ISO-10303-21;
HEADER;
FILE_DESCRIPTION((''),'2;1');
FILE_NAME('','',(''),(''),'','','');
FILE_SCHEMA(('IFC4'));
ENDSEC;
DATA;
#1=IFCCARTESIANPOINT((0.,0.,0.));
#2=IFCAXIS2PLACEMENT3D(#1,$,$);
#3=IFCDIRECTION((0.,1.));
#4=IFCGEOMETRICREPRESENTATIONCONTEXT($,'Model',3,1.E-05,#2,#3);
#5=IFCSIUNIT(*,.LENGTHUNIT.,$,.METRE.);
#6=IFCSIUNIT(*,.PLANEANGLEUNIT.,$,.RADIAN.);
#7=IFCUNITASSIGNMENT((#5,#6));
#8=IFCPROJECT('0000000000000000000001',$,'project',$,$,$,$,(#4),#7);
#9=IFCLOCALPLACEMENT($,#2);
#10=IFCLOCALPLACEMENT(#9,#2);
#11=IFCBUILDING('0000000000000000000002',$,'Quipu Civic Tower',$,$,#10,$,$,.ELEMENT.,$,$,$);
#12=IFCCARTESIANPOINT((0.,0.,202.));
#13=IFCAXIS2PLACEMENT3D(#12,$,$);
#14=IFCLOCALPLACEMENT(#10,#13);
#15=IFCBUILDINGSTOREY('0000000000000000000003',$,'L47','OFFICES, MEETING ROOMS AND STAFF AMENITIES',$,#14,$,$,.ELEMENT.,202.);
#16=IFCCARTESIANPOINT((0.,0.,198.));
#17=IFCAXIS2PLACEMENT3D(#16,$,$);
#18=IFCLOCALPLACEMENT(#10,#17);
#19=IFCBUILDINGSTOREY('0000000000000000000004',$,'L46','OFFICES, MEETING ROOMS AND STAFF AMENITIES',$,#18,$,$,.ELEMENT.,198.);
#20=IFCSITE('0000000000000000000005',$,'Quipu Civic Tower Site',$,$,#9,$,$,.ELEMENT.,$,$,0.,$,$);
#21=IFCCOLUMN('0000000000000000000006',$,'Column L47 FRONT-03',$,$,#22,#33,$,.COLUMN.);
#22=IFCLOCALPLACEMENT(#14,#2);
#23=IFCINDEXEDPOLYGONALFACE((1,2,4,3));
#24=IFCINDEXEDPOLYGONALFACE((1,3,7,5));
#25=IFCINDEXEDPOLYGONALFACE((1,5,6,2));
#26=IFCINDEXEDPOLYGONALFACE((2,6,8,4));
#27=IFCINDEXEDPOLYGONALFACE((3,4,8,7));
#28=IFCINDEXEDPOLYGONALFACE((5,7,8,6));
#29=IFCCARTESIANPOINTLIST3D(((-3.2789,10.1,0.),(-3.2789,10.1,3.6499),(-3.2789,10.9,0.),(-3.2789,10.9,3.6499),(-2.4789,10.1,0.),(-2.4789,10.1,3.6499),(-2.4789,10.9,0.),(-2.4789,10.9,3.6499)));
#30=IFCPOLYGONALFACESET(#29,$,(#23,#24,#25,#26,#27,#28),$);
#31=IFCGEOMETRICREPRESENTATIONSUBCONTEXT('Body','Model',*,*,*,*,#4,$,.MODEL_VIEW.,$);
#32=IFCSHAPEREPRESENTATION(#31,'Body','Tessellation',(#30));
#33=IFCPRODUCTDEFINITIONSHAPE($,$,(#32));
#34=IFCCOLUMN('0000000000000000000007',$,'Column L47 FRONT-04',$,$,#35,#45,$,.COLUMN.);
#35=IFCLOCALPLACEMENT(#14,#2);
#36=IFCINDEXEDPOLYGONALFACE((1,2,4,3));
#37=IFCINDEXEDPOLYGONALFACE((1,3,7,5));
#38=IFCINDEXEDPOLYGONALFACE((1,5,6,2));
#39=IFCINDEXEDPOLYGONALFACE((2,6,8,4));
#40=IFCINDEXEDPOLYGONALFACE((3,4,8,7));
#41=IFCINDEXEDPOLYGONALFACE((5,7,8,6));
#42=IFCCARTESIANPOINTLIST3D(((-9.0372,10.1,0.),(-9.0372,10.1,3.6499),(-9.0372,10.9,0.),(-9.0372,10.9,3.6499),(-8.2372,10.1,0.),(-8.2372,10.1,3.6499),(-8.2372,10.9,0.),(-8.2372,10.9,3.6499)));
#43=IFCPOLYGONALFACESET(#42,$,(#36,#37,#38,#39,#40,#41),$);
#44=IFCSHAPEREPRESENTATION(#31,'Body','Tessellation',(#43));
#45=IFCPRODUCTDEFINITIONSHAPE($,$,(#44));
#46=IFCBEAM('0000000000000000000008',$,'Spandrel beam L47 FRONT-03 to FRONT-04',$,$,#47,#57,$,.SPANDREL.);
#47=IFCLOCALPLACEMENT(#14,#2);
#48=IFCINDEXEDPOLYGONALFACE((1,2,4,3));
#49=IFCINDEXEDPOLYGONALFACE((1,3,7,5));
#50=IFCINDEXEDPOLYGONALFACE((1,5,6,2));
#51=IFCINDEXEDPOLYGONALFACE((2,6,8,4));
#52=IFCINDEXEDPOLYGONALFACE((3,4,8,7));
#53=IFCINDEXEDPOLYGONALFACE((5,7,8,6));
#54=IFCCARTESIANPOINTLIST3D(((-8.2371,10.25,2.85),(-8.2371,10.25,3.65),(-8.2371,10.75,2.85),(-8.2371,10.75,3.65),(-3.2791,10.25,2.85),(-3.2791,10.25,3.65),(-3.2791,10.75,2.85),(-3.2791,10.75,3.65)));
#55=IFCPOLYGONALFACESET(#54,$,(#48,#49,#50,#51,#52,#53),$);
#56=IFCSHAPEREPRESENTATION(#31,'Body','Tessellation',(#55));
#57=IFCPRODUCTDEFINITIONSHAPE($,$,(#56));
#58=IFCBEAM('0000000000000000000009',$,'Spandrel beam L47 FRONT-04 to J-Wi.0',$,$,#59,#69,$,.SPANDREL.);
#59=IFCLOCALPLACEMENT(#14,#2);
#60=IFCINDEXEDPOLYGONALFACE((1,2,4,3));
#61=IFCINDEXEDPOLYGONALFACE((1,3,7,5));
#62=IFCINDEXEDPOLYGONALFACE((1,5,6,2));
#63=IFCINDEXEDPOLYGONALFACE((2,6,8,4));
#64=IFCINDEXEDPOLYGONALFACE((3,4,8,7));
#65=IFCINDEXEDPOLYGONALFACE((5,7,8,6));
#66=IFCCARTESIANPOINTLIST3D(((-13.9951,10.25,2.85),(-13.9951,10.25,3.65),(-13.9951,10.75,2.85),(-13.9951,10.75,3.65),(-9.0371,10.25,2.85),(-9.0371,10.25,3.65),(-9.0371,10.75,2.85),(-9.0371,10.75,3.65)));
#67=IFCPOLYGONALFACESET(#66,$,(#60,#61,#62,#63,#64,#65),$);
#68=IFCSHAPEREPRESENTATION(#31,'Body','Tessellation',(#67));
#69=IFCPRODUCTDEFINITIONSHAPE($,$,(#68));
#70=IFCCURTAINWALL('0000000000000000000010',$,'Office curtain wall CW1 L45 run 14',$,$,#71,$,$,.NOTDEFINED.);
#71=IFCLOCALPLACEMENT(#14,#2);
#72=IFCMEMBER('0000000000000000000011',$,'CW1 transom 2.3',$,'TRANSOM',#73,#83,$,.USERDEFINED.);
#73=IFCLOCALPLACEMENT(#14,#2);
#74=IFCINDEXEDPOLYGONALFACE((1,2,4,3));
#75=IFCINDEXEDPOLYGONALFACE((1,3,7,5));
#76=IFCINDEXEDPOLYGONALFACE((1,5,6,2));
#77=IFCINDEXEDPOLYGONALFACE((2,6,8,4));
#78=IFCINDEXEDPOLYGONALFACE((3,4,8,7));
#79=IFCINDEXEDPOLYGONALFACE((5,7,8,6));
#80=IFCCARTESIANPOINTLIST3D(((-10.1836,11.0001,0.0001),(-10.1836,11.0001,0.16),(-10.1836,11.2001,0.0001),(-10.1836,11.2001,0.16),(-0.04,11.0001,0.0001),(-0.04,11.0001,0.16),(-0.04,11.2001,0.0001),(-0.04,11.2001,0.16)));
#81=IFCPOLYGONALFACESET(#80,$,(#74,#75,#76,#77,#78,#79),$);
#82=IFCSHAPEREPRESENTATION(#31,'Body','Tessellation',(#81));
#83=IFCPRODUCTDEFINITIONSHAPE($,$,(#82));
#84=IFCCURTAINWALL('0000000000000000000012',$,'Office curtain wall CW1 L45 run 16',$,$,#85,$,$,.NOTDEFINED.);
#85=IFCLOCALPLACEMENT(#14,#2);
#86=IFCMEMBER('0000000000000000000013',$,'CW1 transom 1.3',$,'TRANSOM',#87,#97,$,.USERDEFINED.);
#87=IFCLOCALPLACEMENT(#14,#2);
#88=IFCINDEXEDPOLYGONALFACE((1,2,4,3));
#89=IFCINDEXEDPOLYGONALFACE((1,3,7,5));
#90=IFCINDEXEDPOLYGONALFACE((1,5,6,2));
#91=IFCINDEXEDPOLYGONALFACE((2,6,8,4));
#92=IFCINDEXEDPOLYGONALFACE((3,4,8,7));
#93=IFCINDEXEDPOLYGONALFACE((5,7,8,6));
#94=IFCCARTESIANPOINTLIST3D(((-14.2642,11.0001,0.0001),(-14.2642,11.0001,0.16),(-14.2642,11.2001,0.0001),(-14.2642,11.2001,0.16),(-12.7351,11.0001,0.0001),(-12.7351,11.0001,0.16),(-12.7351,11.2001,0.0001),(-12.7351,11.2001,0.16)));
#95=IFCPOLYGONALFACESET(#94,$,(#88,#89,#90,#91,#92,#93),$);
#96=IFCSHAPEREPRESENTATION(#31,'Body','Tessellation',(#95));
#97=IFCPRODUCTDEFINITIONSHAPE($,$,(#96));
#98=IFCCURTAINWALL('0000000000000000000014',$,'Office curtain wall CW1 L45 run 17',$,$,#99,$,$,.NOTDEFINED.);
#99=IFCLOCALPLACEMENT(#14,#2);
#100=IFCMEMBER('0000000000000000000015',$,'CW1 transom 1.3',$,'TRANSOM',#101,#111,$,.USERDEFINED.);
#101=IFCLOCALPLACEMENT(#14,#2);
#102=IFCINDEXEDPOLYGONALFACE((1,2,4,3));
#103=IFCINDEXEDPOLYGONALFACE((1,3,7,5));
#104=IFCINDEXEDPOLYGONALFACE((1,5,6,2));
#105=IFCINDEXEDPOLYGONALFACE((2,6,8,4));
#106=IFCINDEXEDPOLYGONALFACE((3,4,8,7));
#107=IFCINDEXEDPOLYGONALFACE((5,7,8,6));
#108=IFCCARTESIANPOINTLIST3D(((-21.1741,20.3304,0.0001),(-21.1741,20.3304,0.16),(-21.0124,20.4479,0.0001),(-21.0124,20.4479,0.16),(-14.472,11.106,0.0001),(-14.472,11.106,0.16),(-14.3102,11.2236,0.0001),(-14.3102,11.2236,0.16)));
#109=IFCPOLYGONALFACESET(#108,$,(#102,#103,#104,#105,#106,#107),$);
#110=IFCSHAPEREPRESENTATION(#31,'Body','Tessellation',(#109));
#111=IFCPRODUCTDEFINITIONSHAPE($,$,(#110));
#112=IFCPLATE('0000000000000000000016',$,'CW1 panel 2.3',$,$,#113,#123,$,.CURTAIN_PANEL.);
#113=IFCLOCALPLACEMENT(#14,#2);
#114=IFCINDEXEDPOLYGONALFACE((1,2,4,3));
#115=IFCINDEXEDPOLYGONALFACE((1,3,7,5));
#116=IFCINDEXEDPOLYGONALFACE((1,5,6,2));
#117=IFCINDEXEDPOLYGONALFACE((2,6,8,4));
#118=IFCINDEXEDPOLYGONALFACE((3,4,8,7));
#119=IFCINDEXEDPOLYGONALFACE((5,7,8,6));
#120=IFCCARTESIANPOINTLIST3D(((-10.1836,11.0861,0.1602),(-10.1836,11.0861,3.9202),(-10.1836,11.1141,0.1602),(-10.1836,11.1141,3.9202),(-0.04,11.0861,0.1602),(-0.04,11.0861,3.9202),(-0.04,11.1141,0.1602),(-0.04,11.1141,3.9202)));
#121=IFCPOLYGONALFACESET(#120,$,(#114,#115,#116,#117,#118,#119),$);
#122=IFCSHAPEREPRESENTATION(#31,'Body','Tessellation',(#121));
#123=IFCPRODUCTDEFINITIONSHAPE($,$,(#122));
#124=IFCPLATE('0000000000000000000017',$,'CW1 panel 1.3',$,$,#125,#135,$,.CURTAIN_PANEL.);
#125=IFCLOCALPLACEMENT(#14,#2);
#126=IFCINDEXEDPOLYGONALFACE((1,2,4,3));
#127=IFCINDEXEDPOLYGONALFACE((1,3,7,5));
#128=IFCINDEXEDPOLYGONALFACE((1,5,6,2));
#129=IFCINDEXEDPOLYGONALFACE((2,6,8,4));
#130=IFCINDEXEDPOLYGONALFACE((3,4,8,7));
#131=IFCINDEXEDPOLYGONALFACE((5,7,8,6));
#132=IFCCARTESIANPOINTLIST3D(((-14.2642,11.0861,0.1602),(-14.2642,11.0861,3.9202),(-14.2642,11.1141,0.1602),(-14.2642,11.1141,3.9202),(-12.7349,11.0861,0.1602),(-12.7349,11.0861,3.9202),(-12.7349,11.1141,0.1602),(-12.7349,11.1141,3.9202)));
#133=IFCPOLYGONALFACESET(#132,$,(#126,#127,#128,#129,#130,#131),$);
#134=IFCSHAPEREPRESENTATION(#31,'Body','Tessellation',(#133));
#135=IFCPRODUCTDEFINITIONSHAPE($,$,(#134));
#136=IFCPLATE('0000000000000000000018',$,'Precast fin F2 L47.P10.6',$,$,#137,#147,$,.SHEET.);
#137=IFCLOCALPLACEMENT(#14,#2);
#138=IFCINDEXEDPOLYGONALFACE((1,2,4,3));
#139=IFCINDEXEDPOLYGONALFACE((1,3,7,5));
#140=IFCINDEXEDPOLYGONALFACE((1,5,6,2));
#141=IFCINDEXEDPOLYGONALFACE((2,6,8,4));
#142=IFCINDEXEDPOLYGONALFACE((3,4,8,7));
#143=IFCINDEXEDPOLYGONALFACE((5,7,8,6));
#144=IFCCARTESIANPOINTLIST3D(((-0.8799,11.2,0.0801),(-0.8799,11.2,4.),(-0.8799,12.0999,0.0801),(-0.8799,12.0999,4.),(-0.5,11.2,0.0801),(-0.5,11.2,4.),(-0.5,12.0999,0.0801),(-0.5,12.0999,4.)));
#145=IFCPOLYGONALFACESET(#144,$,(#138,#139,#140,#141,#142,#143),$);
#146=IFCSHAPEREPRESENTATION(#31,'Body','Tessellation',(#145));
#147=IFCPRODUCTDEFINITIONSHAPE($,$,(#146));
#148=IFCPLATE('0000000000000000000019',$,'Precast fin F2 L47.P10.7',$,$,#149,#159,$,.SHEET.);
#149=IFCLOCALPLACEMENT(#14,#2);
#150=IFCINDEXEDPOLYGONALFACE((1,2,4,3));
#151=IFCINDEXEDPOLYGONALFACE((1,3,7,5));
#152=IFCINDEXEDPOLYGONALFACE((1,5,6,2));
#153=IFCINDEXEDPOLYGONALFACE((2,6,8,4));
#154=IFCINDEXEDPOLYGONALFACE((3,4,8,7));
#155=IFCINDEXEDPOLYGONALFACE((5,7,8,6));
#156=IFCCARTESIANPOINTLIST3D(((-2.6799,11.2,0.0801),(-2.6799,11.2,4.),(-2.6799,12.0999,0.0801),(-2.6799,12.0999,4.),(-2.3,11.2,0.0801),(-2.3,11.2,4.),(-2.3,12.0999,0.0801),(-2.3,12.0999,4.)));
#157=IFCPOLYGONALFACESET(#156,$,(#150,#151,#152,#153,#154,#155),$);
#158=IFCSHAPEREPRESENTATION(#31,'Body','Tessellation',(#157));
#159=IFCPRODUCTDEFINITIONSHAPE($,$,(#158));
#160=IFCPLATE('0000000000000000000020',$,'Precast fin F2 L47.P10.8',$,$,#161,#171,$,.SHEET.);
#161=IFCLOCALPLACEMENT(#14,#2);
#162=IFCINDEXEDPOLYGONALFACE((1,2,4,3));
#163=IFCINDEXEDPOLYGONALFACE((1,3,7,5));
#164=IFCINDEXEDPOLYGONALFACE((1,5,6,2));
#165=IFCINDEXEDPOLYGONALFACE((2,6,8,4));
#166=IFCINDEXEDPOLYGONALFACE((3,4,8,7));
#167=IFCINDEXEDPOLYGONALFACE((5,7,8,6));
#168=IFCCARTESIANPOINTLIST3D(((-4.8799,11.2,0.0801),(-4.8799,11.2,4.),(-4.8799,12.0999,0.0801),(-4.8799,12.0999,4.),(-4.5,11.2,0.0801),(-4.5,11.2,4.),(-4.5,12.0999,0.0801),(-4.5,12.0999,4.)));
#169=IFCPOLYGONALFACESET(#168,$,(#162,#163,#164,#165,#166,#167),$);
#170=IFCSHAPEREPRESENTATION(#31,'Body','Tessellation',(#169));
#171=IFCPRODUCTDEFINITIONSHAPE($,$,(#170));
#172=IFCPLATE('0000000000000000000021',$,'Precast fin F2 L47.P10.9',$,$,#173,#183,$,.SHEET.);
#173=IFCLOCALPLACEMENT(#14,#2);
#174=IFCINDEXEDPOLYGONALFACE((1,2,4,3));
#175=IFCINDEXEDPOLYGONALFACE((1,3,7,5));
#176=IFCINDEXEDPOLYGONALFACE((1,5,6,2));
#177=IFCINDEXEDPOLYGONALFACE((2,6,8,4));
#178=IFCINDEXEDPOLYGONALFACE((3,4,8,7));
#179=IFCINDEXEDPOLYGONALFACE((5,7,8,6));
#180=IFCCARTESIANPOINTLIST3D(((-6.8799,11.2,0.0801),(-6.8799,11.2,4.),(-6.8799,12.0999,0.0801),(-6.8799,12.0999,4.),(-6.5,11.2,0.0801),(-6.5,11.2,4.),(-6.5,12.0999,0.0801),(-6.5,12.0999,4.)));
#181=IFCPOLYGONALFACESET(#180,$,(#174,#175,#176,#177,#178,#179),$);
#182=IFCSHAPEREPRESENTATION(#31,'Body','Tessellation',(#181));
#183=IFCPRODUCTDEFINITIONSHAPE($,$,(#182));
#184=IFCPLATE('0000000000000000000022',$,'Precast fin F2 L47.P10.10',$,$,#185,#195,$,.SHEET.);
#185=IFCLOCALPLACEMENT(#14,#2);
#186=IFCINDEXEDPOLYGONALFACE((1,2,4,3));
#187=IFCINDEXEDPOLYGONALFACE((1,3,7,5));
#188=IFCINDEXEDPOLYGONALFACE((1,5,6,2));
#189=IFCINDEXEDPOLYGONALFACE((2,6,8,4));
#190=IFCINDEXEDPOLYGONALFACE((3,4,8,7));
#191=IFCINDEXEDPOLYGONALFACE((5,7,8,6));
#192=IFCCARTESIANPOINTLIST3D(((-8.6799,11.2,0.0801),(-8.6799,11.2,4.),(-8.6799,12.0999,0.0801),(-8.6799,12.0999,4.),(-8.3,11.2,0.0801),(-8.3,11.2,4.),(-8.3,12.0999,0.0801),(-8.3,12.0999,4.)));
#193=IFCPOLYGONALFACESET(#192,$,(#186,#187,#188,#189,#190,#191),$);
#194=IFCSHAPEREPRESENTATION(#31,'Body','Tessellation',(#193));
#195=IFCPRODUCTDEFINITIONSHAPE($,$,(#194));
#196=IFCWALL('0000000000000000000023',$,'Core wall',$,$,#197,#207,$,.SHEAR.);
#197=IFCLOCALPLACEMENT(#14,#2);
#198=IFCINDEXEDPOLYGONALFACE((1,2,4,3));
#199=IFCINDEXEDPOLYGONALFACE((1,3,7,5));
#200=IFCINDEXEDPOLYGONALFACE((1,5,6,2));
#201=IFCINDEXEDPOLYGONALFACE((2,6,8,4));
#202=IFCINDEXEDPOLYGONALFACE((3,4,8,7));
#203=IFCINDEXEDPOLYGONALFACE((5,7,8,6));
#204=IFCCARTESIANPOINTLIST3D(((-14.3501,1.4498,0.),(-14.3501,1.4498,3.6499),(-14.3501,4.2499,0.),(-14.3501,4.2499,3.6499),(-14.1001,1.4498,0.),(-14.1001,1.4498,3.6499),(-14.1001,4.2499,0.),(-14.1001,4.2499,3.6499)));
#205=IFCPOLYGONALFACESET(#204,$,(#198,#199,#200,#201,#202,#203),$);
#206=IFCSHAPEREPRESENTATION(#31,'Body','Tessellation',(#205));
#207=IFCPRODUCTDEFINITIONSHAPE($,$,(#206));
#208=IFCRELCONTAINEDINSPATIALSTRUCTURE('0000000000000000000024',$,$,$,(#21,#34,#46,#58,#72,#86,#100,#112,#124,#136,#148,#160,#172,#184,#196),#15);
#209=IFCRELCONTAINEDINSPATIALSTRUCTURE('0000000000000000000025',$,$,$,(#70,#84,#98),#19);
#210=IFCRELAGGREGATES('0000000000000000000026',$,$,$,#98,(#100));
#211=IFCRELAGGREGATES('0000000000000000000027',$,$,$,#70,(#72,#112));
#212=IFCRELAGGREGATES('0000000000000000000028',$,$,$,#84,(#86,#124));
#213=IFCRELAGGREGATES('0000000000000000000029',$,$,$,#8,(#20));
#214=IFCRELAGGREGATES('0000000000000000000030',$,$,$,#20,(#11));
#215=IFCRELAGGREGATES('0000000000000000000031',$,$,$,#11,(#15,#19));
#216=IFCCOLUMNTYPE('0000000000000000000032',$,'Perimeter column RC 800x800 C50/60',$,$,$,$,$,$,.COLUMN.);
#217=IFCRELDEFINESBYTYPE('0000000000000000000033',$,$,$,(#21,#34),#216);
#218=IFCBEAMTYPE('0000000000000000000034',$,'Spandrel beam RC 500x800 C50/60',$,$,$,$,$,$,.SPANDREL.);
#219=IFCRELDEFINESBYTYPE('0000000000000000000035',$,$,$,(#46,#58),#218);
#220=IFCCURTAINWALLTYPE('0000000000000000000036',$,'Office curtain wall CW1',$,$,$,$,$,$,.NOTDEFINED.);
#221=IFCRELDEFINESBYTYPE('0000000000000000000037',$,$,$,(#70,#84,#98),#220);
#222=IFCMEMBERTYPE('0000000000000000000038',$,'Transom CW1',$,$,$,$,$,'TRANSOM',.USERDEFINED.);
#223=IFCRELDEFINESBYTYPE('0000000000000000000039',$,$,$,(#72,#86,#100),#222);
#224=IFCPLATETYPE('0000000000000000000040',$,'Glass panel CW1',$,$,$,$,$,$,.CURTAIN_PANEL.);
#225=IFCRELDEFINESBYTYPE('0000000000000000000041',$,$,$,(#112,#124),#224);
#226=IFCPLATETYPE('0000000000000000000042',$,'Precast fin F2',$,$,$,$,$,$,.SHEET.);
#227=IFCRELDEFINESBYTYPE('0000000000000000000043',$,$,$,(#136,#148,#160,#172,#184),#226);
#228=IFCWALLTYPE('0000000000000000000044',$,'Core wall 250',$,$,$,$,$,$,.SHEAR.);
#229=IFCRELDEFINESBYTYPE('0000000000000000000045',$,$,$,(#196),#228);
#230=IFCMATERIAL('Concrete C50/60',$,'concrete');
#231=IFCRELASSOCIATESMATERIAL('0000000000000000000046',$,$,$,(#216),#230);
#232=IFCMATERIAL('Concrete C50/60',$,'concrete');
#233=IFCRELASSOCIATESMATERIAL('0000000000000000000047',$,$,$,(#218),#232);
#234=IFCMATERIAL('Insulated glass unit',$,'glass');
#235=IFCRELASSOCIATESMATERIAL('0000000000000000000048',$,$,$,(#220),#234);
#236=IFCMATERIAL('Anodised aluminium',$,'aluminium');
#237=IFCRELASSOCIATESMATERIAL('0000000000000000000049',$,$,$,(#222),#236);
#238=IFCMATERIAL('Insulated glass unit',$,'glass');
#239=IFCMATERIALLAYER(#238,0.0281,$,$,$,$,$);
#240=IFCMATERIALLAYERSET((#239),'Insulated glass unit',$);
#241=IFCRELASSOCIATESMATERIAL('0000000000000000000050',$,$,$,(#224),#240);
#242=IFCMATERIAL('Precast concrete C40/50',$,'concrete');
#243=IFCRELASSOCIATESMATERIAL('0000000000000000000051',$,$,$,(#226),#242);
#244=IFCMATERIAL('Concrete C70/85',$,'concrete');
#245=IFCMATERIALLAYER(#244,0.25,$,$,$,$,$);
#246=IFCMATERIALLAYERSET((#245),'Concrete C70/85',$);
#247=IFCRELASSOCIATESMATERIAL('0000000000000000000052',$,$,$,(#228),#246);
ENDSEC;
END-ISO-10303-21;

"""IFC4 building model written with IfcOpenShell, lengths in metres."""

from ifc_helpers import new_model, si_unit, direction, frame, frame_2d, origin, origin_2d, place, context, subcontext, project, spatial, rectangle, extrude, material, layer, layer_set, material_profile, profile_set, type_object, element, aggregate, save


model = new_model("IFC4")

# Units and contexts
model_context = context("Model", 3, precision=1e-05, world=origin(), true_north=direction((0.0, 1.0)))
body_context = subcontext(model_context, "Body", "Model", "MODEL_VIEW")
ifc_project = project(units=[si_unit("LENGTHUNIT", "METRE"), si_unit("PLANEANGLEUNIT", "RADIAN")], contexts=[model_context])

# Site, building, storey
site_placement = place(None, origin())
site = spatial("IfcSite", under=ifc_project, at=site_placement, Name="Quipu Civic Tower Site", CompositionType="ELEMENT", RefElevation=0.0)
building_placement = place(site_placement, origin())
building = spatial("IfcBuilding", under=site, at=building_placement, Name="Quipu Civic Tower", CompositionType="ELEMENT")
storey_1_placement = place(building_placement, frame((0.0, 0.0, 202.0)))
storey_1 = spatial("IfcBuildingStorey", under=building, at=storey_1_placement, Name="L47", Description="OFFICES, MEETING ROOMS AND STAFF AMENITIES", CompositionType="ELEMENT", Elevation=202.0)

# Columns
ifc_material_1 = material(Name="Concrete C50/60", Category="concrete")
ifc_material_profile_1 = material_profile(ifc_material_1, rectangle(XDim=0.8, YDim=0.8, at=origin_2d()), Name="RC800x800")
ifc_profile_set_1 = profile_set([ifc_material_profile_1], Name="Concrete C50/60")
column_type = type_object("IfcColumnType", Name="Perimeter column RC 800x800 C50/60", PredefinedType="COLUMN", material=ifc_profile_set_1)
for number, where, z_axis, x_axis, name in (
    (1, (-2.8789, 10.5, 0.0), (0.0, 0.0, 1.0), (-1.0, 0.0, 0.0), "Column L47 FRONT-03"),
    (2, (-8.6372, 10.5, 0.0), (0.0, 0.0, 1.0), (-1.0, 0.0, 0.0), "Column L47 FRONT-04"),
):
    element("IfcColumn", number, at=place(storey_1_placement, frame(where, z_axis=z_axis, x_axis=x_axis)), inside=storey_1, type_object=column_type, Name=name, PredefinedType="COLUMN", context=body_context, shape_type="SweptSolid", body=[
        extrude(rectangle(XDim=0.8, YDim=0.8, at=origin_2d()), origin(), (0.0, 0.0, 1.0), 3.6499),
    ])

# Beams
ifc_material_2 = material(Name="Concrete C50/60", Category="concrete")
ifc_material_profile_2 = material_profile(ifc_material_2, rectangle(XDim=0.5, YDim=0.8, at=origin_2d()), Name="RC500x800")
ifc_profile_set_2 = profile_set([ifc_material_profile_2], Name="Concrete C50/60")
beam_type = type_object("IfcBeamType", Name="Spandrel beam RC 500x800 C50/60", PredefinedType="SPANDREL", material=ifc_profile_set_2)
for number, where, z_axis, x_axis, name in (
    (3, (-3.2791, 10.5, 3.25), (-1.0, 0.0, 0.0), (0.0, -1.0, 0.0), "Spandrel beam L47 FRONT-03 to FRONT-04"),
    (4, (-9.0371, 10.5, 3.25), (-1.0, 0.0, 0.0), (0.0, -1.0, 0.0), "Spandrel beam L47 FRONT-04 to J-Wi.0"),
):
    element("IfcBeam", number, at=place(storey_1_placement, frame(where, z_axis=z_axis, x_axis=x_axis)), inside=storey_1, type_object=beam_type, Name=name, PredefinedType="SPANDREL", context=body_context, shape_type="SweptSolid", body=[
        extrude(rectangle(XDim=0.5, YDim=0.8, at=origin_2d()), origin(), (0.0, 0.0, 1.0), 4.958),
    ])

# Shared definitions
storey_2_placement = place(building_placement, frame((0.0, 0.0, 198.0)))
storey_2 = spatial("IfcBuildingStorey", under=building, at=storey_2_placement, Name="L46", Description="OFFICES, MEETING ROOMS AND STAFF AMENITIES", CompositionType="ELEMENT", Elevation=198.0)

# Curtain walls, members
ifc_material_3 = material(Name="Insulated glass unit", Category="glass")
curtain_wall_type = type_object("IfcCurtainWallType", Name="Office curtain wall CW1", PredefinedType="NOTDEFINED", material=ifc_material_3)
curtain_wall_1_placement = place(storey_2_placement, origin())
curtain_wall_1 = element("IfcCurtainWall", 5, at=curtain_wall_1_placement, inside=storey_2, type_object=curtain_wall_type, Name="Office curtain wall CW1 L45 run 14", PredefinedType="NOTDEFINED")
ifc_material_4 = material(Name="Anodised aluminium", Category="aluminium")
ifc_material_profile_3 = material_profile(ifc_material_4, rectangle(XDim=0.2, YDim=0.1599, at=origin_2d()), Name="RECT 200x160")
ifc_profile_set_3 = profile_set([ifc_material_profile_3], Name="Anodised aluminium")
member_type = type_object("IfcMemberType", Name="Transom CW1", ElementType="TRANSOM", PredefinedType="USERDEFINED", material=ifc_profile_set_3)
member_1_placement = place(storey_1_placement, frame((-0.04, 11.1001, 0.0801), z_axis=(-1.0, 0.0, 0.0), x_axis=(0.0, -1.0, 0.0)))
member_1 = element("IfcMember", 6, at=member_1_placement, inside=storey_1, type_object=member_type, Name="CW1 transom 2.3", ObjectType="TRANSOM", PredefinedType="USERDEFINED", context=body_context, shape_type="SweptSolid", body=[
    extrude(rectangle(XDim=0.2, YDim=0.1599, at=origin_2d()), origin(), (0.0, 0.0, 1.0), 10.1436),
])
curtain_wall_2_placement = place(storey_2_placement, origin())
curtain_wall_2 = element("IfcCurtainWall", 7, at=curtain_wall_2_placement, inside=storey_2, type_object=curtain_wall_type, Name="Office curtain wall CW1 L45 run 16", PredefinedType="NOTDEFINED")
member_2_placement = place(storey_1_placement, frame((-12.7351, 11.1001, 0.0801), z_axis=(-1.0, 0.0, 0.0), x_axis=(0.0, -1.0, 0.0)))
member_2 = element("IfcMember", 8, at=member_2_placement, inside=storey_1, type_object=member_type, Name="CW1 transom 1.3", ObjectType="TRANSOM", PredefinedType="USERDEFINED", context=body_context, shape_type="SweptSolid", body=[
    extrude(rectangle(XDim=0.2, YDim=0.1599, at=origin_2d()), origin(), (0.0, 0.0, 1.0), 1.5291),
])
curtain_wall_3_placement = place(storey_2_placement, origin())
curtain_wall_3 = element("IfcCurtainWall", 9, at=curtain_wall_3_placement, inside=storey_2, type_object=curtain_wall_type, Name="Office curtain wall CW1 L45 run 17", PredefinedType="NOTDEFINED")
member_3_placement = place(storey_1_placement, frame((-14.3911, 11.1648, 0.0801), z_axis=(-0.5878, 0.809006, 0.0), x_axis=(-0.809006, -0.5878, 0.0)))
member_3 = element("IfcMember", 10, at=member_3_placement, inside=storey_1, type_object=member_type, Name="CW1 transom 1.3", ObjectType="TRANSOM", PredefinedType="USERDEFINED", context=body_context, shape_type="SweptSolid", body=[
    extrude(rectangle(XDim=0.2, YDim=0.1599, at=origin_2d()), origin(), (0.0, 0.0, 1.0), 11.4021),
])
aggregate(curtain_wall_3, [member_3])

# Plates
ifc_material_5 = material(Name="Insulated glass unit", Category="glass")
ifc_layer_1 = layer(ifc_material_5, 0.0281)
ifc_layer_set_1 = layer_set([ifc_layer_1], Name="Insulated glass unit")
plate_type_1 = type_object("IfcPlateType", Name="Glass panel CW1", PredefinedType="CURTAIN_PANEL", material=ifc_layer_set_1)
plate_1_placement = place(storey_1_placement, frame((-5.1118, 11.1001, 0.1602), z_axis=(0.0, 0.0, 1.0), x_axis=(-1.0, 0.0, 0.0)))
plate_1 = element("IfcPlate", 11, at=plate_1_placement, inside=storey_1, type_object=plate_type_1, Name="CW1 panel 2.3", PredefinedType="CURTAIN_PANEL", context=body_context, shape_type="SweptSolid", body=[
    extrude(rectangle(XDim=10.1436, YDim=0.0281, at=origin_2d()), origin(), (0.0, 0.0, 1.0), 3.76),
])
aggregate(curtain_wall_1, [member_1, plate_1])
plate_2_placement = place(storey_1_placement, frame((-13.4995, 11.1001, 0.1602), z_axis=(0.0, 0.0, 1.0), x_axis=(-1.0, 0.0, 0.0)))
plate_2 = element("IfcPlate", 12, at=plate_2_placement, inside=storey_1, type_object=plate_type_1, Name="CW1 panel 1.3", PredefinedType="CURTAIN_PANEL", context=body_context, shape_type="SweptSolid", body=[
    extrude(rectangle(XDim=1.5293, YDim=0.0281, at=origin_2d()), origin(), (0.0, 0.0, 1.0), 3.76),
])
aggregate(curtain_wall_2, [member_2, plate_2])

# Plates
ifc_material_6 = material(Name="Precast concrete C40/50", Category="concrete")
plate_type_2 = type_object("IfcPlateType", Name="Precast fin F2", PredefinedType="SHEET", material=ifc_material_6)
for number, where, z_axis, x_axis, name in (
    (13, (-0.6899, 11.6499, 0.0801), (0.0, 0.0, 1.0), (-1.0, 0.0, 0.0), "Precast fin F2 L47.P10.6"),
    (14, (-2.49, 11.6499, 0.0801), (0.0, 0.0, 1.0), (-1.0, 0.0, 0.0), "Precast fin F2 L47.P10.7"),
    (15, (-4.6899, 11.6499, 0.0801), (0.0, 0.0, 1.0), (-1.0, 0.0, 0.0), "Precast fin F2 L47.P10.8"),
    (16, (-6.6899, 11.6499, 0.0801), (0.0, 0.0, 1.0), (-1.0, 0.0, 0.0), "Precast fin F2 L47.P10.9"),
    (17, (-8.49, 11.6499, 0.0801), (0.0, 0.0, 1.0), (-1.0, 0.0, 0.0), "Precast fin F2 L47.P10.10"),
):
    element("IfcPlate", number, at=place(storey_1_placement, frame(where, z_axis=z_axis, x_axis=x_axis)), inside=storey_1, type_object=plate_type_2, Name=name, PredefinedType="SHEET", context=body_context, shape_type="SweptSolid", body=[
        extrude(rectangle(XDim=0.3799, YDim=0.8999, at=origin_2d()), origin(), (0.0, 0.0, 1.0), 3.9199),
    ])

# Wall
ifc_material_7 = material(Name="Concrete C70/85", Category="concrete")
ifc_layer_2 = layer(ifc_material_7, 0.25)
ifc_layer_set_2 = layer_set([ifc_layer_2], Name="Concrete C70/85")
wall_type_1 = type_object("IfcWallType", Name="Core wall 250", PredefinedType="SHEAR", material=ifc_layer_set_2)
wall_1_placement = place(storey_1_placement, frame((-14.2251, 1.45, 0.0), z_axis=(0.0, 0.0, 1.0), x_axis=(0.0, 1.0, 0.0)))
element("IfcWall", 18, at=wall_1_placement, inside=storey_1, type_object=wall_type_1, Name="Core wall", PredefinedType="SHEAR", context=body_context, shape_type="SweptSolid", body=[
    extrude(rectangle(XDim=2.8, YDim=0.25, at=frame_2d((1.3999, 0.0))), origin(), (0.0, 0.0, 1.0), 3.6499),
])

save(model, "model.ifc")
